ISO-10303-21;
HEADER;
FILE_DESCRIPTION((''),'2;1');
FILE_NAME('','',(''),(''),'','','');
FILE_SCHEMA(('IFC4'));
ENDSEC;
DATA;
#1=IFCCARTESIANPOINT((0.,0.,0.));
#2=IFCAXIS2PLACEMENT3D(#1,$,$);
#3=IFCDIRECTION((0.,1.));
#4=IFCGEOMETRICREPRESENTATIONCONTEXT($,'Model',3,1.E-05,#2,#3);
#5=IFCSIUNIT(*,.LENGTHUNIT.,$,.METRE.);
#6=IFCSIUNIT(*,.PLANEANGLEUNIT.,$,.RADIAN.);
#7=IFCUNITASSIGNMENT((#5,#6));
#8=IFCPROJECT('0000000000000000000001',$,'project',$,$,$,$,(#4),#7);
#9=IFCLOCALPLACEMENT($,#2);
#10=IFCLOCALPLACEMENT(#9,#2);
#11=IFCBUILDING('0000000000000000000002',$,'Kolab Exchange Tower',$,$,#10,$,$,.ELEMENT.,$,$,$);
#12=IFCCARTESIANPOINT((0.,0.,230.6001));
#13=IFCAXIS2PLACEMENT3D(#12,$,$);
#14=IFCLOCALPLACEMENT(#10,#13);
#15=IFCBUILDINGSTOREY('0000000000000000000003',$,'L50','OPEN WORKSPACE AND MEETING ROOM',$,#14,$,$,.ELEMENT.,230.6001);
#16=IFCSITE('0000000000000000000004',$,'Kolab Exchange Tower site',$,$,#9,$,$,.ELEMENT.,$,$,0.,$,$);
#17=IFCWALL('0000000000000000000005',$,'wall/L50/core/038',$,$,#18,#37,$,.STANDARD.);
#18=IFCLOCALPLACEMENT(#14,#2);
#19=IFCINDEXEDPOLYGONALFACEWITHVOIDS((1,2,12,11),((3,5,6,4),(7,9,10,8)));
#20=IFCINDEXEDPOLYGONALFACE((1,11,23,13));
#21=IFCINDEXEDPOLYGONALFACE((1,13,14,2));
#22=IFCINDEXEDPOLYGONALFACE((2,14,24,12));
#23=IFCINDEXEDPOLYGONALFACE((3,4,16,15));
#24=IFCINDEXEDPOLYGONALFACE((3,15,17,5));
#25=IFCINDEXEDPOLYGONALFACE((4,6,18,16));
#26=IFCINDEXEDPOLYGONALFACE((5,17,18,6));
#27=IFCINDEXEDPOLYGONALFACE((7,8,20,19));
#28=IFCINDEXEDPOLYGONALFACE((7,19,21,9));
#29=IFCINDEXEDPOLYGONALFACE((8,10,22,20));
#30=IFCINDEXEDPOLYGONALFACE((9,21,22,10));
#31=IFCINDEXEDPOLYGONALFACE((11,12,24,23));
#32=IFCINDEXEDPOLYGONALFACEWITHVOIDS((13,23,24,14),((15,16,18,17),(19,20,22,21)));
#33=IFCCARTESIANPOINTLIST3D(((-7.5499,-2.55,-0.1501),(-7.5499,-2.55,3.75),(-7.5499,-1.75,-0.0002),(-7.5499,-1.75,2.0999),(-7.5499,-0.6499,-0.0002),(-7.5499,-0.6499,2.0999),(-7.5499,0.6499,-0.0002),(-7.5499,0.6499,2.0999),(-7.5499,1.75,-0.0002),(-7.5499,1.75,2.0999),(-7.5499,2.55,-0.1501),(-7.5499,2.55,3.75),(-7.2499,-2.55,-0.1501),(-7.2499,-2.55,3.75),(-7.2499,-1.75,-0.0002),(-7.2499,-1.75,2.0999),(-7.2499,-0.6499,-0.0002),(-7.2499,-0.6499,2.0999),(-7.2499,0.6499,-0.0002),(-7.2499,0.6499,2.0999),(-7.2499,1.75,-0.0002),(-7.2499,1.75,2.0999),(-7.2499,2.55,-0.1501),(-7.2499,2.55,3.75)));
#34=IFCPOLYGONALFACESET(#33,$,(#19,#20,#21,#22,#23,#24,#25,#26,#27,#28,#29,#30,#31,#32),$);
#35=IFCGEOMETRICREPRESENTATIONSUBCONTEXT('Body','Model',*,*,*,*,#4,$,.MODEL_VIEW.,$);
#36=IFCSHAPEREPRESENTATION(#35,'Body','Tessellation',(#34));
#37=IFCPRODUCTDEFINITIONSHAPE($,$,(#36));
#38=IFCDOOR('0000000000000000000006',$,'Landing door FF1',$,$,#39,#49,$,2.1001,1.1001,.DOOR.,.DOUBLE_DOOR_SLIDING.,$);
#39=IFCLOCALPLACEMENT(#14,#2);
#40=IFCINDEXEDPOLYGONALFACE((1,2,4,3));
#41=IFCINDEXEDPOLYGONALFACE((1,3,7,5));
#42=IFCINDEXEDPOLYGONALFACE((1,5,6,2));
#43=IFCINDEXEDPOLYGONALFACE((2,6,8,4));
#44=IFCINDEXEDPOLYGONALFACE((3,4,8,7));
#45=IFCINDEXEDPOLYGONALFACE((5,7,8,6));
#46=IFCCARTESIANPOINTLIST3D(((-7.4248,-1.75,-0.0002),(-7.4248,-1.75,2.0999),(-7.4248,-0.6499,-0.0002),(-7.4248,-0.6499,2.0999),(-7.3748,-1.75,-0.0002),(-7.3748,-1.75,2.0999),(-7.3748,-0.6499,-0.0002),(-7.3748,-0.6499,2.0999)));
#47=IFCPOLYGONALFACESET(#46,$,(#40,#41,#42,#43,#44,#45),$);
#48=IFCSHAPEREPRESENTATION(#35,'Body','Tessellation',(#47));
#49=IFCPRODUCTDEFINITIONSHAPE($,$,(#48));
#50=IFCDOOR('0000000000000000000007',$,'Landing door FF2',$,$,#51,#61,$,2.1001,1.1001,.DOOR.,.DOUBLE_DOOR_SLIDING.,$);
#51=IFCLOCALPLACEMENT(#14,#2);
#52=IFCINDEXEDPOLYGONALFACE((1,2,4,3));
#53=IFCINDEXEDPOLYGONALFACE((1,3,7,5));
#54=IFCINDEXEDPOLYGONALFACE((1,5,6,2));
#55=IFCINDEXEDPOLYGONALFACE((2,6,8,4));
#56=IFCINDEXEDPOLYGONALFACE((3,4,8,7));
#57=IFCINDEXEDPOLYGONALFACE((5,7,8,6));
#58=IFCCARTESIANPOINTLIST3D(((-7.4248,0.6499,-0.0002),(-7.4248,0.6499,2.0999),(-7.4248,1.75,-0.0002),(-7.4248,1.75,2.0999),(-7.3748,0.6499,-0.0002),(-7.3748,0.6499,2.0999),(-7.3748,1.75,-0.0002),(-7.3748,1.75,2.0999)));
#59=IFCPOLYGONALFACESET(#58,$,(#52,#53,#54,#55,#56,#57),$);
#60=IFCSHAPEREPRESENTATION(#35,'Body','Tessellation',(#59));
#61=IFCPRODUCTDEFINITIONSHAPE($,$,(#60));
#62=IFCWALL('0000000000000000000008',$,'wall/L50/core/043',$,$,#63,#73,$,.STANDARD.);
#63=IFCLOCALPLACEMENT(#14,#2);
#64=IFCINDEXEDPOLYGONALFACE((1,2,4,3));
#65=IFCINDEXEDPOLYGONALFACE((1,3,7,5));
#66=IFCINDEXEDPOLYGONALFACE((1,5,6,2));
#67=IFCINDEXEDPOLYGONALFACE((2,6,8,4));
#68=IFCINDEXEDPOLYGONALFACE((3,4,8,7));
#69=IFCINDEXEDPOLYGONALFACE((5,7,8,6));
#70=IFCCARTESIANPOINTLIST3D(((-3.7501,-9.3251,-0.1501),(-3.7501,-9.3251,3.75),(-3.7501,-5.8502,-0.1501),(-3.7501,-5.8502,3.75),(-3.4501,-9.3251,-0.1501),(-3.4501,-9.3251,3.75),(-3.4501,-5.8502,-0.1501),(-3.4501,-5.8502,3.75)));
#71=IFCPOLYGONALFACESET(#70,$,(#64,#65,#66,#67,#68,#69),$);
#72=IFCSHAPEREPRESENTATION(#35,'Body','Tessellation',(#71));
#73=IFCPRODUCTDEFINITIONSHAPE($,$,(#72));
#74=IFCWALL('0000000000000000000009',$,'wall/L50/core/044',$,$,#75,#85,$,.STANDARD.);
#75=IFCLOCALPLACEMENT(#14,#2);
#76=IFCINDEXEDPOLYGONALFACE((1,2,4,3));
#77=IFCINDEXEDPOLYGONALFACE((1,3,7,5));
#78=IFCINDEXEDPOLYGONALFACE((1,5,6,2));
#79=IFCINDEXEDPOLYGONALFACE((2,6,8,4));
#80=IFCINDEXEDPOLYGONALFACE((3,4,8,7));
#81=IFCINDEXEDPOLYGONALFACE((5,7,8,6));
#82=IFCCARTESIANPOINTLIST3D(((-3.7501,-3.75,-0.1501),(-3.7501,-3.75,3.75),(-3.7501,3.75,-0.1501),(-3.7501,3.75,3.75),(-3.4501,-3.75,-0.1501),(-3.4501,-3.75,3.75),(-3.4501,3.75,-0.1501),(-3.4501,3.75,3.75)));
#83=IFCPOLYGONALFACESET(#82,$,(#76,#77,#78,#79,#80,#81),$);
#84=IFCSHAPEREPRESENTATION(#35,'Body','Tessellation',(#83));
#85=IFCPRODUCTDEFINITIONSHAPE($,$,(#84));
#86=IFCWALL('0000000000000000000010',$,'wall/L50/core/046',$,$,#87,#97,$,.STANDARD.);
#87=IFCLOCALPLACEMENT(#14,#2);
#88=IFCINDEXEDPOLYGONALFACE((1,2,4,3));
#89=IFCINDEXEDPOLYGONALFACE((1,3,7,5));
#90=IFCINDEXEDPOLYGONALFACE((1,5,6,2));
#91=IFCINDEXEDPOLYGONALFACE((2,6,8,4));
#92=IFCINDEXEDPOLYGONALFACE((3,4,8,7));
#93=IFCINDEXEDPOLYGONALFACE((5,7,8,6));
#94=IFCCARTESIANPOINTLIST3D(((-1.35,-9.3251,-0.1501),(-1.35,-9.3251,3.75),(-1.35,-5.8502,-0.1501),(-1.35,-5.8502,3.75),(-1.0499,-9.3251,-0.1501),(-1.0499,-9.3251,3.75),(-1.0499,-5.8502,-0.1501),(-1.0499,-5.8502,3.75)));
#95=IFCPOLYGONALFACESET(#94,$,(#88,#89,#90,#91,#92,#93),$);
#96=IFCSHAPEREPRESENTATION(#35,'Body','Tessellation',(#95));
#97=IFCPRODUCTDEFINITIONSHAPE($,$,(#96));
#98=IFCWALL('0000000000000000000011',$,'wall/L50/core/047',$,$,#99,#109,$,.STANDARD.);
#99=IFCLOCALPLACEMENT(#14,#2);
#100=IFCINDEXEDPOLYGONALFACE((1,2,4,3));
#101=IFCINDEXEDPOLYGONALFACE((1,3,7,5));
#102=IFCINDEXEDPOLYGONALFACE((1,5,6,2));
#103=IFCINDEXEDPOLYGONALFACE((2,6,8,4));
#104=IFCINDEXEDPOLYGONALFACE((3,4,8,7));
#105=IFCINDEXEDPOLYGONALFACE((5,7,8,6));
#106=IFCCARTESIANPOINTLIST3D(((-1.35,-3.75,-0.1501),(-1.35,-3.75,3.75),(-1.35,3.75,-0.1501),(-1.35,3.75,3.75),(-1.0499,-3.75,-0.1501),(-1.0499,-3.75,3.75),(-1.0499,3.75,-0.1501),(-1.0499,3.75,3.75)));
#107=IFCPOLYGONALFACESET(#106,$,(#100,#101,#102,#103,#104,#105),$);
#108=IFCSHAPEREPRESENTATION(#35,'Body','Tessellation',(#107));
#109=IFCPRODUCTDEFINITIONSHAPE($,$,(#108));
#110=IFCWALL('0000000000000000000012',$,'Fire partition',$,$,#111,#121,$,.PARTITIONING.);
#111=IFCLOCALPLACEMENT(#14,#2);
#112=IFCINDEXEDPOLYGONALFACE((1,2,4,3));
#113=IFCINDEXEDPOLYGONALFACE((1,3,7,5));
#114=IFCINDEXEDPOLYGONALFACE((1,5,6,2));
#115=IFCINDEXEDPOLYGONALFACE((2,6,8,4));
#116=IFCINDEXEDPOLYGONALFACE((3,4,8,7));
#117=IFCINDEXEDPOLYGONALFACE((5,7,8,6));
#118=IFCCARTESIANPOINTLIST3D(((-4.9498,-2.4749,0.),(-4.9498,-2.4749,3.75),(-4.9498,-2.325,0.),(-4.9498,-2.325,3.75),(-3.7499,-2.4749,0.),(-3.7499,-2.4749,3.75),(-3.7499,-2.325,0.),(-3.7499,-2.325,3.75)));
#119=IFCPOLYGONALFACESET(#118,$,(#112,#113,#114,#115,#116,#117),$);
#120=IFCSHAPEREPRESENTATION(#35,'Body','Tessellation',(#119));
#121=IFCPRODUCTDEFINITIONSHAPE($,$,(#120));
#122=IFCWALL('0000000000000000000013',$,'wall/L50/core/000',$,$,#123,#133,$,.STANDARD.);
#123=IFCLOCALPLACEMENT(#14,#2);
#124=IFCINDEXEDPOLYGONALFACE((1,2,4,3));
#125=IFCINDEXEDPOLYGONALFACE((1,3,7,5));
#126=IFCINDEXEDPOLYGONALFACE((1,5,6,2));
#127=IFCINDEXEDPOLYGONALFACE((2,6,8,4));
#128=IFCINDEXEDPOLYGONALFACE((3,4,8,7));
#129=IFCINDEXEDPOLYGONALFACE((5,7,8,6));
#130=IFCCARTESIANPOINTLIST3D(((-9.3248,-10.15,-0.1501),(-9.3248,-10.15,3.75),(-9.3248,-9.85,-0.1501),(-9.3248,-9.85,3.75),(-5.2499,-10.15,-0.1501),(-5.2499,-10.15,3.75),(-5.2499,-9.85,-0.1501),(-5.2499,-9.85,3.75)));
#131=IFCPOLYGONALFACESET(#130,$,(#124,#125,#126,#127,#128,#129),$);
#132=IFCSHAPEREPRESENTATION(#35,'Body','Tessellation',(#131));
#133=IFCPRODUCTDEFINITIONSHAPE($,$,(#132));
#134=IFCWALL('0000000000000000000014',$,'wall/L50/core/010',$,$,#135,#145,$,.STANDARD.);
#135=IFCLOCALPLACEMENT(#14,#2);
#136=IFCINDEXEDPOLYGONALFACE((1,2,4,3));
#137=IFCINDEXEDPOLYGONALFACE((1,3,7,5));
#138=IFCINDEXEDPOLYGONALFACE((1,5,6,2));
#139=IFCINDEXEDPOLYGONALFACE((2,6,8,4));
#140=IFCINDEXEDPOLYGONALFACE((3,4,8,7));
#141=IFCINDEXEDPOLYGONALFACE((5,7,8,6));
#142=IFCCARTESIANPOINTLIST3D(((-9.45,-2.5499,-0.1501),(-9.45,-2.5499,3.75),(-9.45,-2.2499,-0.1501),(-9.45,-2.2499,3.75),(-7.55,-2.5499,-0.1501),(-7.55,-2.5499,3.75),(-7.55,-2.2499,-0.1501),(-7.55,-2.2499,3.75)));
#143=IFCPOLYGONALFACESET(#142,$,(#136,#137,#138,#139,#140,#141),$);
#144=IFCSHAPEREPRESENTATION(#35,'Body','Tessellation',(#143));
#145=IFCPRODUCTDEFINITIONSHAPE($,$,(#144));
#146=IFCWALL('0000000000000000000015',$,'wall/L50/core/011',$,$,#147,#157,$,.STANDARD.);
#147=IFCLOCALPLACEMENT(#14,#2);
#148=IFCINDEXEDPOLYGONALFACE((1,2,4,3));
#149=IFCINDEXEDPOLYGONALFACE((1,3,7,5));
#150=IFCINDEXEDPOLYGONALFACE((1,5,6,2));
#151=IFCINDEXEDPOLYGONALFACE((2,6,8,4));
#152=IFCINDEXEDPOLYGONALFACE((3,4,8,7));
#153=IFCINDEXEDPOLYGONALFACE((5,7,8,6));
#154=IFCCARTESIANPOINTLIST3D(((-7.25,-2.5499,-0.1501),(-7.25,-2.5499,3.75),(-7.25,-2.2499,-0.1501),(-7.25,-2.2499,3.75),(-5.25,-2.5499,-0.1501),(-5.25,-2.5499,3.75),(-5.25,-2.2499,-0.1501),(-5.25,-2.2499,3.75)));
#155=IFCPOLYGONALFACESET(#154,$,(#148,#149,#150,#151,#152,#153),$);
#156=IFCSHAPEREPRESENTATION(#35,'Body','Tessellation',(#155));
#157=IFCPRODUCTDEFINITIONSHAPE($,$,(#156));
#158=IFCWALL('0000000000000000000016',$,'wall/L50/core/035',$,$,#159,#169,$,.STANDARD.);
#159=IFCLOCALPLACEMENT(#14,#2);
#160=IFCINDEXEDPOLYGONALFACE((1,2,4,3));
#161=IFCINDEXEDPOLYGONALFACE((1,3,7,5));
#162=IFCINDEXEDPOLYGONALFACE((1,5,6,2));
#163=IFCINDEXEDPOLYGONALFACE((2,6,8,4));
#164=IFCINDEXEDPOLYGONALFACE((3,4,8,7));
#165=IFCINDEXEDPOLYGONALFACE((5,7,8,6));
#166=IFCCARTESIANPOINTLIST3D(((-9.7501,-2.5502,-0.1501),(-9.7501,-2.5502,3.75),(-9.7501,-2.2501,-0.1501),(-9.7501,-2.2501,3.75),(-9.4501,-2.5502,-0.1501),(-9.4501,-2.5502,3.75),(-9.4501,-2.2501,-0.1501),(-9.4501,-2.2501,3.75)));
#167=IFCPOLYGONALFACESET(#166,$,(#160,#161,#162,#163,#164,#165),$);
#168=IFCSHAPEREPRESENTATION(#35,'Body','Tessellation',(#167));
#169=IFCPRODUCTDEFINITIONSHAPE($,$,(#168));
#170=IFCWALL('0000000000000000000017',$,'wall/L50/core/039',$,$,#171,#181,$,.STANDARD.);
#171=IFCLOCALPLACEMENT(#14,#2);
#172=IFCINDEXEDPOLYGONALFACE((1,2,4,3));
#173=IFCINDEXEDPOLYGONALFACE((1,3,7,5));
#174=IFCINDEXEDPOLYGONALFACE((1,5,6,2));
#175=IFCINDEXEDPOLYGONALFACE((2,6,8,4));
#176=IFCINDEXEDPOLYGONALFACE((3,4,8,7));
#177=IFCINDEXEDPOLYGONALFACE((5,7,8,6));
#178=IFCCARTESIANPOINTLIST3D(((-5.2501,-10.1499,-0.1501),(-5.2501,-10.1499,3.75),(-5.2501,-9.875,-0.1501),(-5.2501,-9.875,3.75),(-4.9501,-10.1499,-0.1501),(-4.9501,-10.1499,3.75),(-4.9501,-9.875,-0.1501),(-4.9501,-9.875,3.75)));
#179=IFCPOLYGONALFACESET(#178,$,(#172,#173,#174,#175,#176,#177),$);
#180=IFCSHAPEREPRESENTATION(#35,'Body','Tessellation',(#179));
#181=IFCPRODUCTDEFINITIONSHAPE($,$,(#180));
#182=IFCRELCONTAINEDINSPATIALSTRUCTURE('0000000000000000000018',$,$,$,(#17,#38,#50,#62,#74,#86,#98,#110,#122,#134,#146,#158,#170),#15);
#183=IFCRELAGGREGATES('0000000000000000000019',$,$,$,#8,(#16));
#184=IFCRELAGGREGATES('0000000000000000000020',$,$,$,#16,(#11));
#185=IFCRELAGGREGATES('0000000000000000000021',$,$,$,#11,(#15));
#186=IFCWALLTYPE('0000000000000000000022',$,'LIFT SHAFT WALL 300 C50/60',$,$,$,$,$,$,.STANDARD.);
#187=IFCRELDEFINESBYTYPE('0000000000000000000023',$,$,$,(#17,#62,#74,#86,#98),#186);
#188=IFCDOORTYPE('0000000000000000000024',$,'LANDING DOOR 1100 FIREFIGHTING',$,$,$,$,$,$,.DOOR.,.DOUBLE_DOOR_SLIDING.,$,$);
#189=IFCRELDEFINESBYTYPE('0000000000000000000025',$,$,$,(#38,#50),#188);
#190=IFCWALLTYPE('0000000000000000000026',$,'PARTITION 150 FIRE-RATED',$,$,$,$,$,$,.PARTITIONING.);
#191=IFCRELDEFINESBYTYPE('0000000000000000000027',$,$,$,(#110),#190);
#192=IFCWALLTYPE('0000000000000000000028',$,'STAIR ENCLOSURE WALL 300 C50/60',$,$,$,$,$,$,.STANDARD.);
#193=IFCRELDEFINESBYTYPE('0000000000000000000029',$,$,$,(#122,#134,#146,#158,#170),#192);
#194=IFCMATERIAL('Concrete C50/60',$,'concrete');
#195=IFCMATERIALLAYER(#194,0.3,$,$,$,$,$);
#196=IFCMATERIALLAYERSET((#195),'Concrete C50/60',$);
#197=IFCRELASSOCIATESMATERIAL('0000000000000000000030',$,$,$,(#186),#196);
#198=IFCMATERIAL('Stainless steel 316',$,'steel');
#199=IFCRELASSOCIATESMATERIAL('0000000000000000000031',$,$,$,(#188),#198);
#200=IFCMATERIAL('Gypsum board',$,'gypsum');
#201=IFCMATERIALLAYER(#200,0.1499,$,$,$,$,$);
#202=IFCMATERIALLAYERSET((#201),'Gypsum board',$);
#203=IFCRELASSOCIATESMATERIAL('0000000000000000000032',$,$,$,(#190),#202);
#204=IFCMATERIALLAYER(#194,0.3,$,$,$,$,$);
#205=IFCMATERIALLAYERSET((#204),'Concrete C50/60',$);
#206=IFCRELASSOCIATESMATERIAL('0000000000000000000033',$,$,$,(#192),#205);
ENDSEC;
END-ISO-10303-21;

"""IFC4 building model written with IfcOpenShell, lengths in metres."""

from ifc_helpers import new_model, si_unit, direction, frame, frame_2d, origin, place, context, subcontext, project, spatial, rectangle, extrude, material, layer, layer_set, type_object, element, fill, save


model = new_model("IFC4")

# Units and contexts
model_context = context("Model", 3, precision=1e-05, world=origin(), true_north=direction((0.0, 1.0)))
body_context = subcontext(model_context, "Body", "Model", "MODEL_VIEW")
ifc_project = project(units=[si_unit("LENGTHUNIT", "METRE"), si_unit("PLANEANGLEUNIT", "RADIAN")], contexts=[model_context])

# Site, building, storey
site_placement = place(None, origin())
site = spatial("IfcSite", under=ifc_project, at=site_placement, Name="Kolab Exchange Tower site", CompositionType="ELEMENT", RefElevation=0.0)
building_placement = place(site_placement, origin())
building = spatial("IfcBuilding", under=site, at=building_placement, Name="Kolab Exchange Tower", CompositionType="ELEMENT")
storey_placement = place(building_placement, frame((0.0, 0.0, 230.6001)))
storey = spatial("IfcBuildingStorey", under=building, at=storey_placement, Name="L50", Description="OPEN WORKSPACE AND MEETING ROOM", CompositionType="ELEMENT", Elevation=230.6001)

# Shared definitions
ifc_material_1 = material(Name="Concrete C50/60", Category="concrete")

# Shared definitions
ifc_layer_1 = layer(ifc_material_1, 0.3)
ifc_layer_set_1 = layer_set([ifc_layer_1], Name="Concrete C50/60")
wall_type_1 = type_object("IfcWallType", Name="LIFT SHAFT WALL 300 C50/60", PredefinedType="STANDARD", material=ifc_layer_set_1)
ifc_material_2 = material(Name="Stainless steel 316", Category="steel")

# Wall, openings, doors
wall_1_placement = place(storey_placement, frame((-7.3999, -2.55, -0.1501), z_axis=(0.0, 0.0, 1.0), x_axis=(0.0, 1.0, 0.0)))
wall_1 = element("IfcWall", 1, at=wall_1_placement, inside=storey, type_object=wall_type_1, Name="wall/L50/core/038", PredefinedType="STANDARD", context=body_context, shape_type="SweptSolid", body=[
    extrude(rectangle(XDim=5.1001, YDim=0.3, at=frame_2d((2.55, 0.0))), origin(), (0.0, 0.0, 1.0), 3.9001),
])
opening_1_placement = place(wall_1_placement, frame((0.8, 0.0, 0.1499)))
opening_1 = element("IfcOpeningElement", 2, at=opening_1_placement, cuts=wall_1, PredefinedType="OPENING", context=body_context, shape_type="SweptSolid", body=[
    extrude(rectangle(XDim=1.1001, YDim=2.1001, at=frame_2d((0.55, 1.05))), frame((0.0, 0.1602, 0.0), z_axis=(0.0, -1.0, 0.0), x_axis=(1.0, 0.0, 0.0)), (0.0, 0.0, 1.0), 0.3201),
])
opening_2_placement = place(wall_1_placement, frame((3.2, 0.0, 0.1499)))
opening_2 = element("IfcOpeningElement", 3, at=opening_2_placement, cuts=wall_1, PredefinedType="OPENING", context=body_context, shape_type="SweptSolid", body=[
    extrude(rectangle(XDim=1.1001, YDim=2.1001, at=frame_2d((0.55, 1.05))), frame((0.0, 0.1602, 0.0), z_axis=(0.0, -1.0, 0.0), x_axis=(1.0, 0.0, 0.0)), (0.0, 0.0, 1.0), 0.3201),
])
door_type_1 = type_object("IfcDoorType", Name="LANDING DOOR 1100 FIREFIGHTING", OperationType="DOUBLE_DOOR_SLIDING", PredefinedType="DOOR", material=ifc_material_2)
door_1_placement = place(opening_1_placement, origin())
door_1 = element("IfcDoor", 4, at=door_1_placement, inside=storey, type_object=door_type_1, Name="Landing door FF1", OperationType="DOUBLE_DOOR_SLIDING", OverallHeight=2.1001, OverallWidth=1.1001, PredefinedType="DOOR", context=body_context, shape_type="SweptSolid", body=[
    extrude(rectangle(XDim=1.1001, YDim=2.1001, at=frame_2d((0.55, 1.05))), frame((0.0, 0.0249, 0.0), z_axis=(0.0, -1.0, 0.0), x_axis=(1.0, 0.0, 0.0)), (0.0, 0.0, 1.0), 0.05),
])
fill(opening_1, door_1)
door_2_placement = place(opening_2_placement, origin())
door_2 = element("IfcDoor", 5, at=door_2_placement, inside=storey, type_object=door_type_1, Name="Landing door FF2", OperationType="DOUBLE_DOOR_SLIDING", OverallHeight=2.1001, OverallWidth=1.1001, PredefinedType="DOOR", context=body_context, shape_type="SweptSolid", body=[
    extrude(rectangle(XDim=1.1001, YDim=2.1001, at=frame_2d((0.55, 1.05))), frame((0.0, 0.0249, 0.0), z_axis=(0.0, -1.0, 0.0), x_axis=(1.0, 0.0, 0.0)), (0.0, 0.0, 1.0), 0.05),
])
fill(opening_2, door_2)

# Walls
wall_2_placement = place(storey_placement, frame((-3.6001, -9.325, -0.1501), z_axis=(0.0, 0.0, 1.0), x_axis=(0.0, 1.0, 0.0)))
element("IfcWall", 6, at=wall_2_placement, inside=storey, type_object=wall_type_1, Name="wall/L50/core/043", PredefinedType="STANDARD", context=body_context, shape_type="SweptSolid", body=[
    extrude(rectangle(XDim=3.4749, YDim=0.3, at=frame_2d((1.7373, 0.0))), origin(), (0.0, 0.0, 1.0), 3.9001),
])
wall_3_placement = place(storey_placement, frame((-3.6001, -3.75, -0.1501), z_axis=(0.0, 0.0, 1.0), x_axis=(0.0, 1.0, 0.0)))
element("IfcWall", 7, at=wall_3_placement, inside=storey, type_object=wall_type_1, Name="wall/L50/core/044", PredefinedType="STANDARD", context=body_context, shape_type="SweptSolid", body=[
    extrude(rectangle(XDim=7.5, YDim=0.3, at=frame_2d((3.75, 0.0))), origin(), (0.0, 0.0, 1.0), 3.9001),
])
wall_4_placement = place(storey_placement, frame((-1.2, -9.325, -0.1501), z_axis=(0.0, 0.0, 1.0), x_axis=(0.0, 1.0, 0.0)))
element("IfcWall", 8, at=wall_4_placement, inside=storey, type_object=wall_type_1, Name="wall/L50/core/046", PredefinedType="STANDARD", context=body_context, shape_type="SweptSolid", body=[
    extrude(rectangle(XDim=3.4749, YDim=0.3, at=frame_2d((1.7373, 0.0))), origin(), (0.0, 0.0, 1.0), 3.9001),
])
wall_5_placement = place(storey_placement, frame((-1.2, -3.75, -0.1501), z_axis=(0.0, 0.0, 1.0), x_axis=(0.0, 1.0, 0.0)))
element("IfcWall", 9, at=wall_5_placement, inside=storey, type_object=wall_type_1, Name="wall/L50/core/047", PredefinedType="STANDARD", context=body_context, shape_type="SweptSolid", body=[
    extrude(rectangle(XDim=7.5, YDim=0.3, at=frame_2d((3.75, 0.0))), origin(), (0.0, 0.0, 1.0), 3.9001),
])
ifc_material_3 = material(Name="Gypsum board", Category="gypsum")
ifc_layer_2 = layer(ifc_material_3, 0.1499)
ifc_layer_set_2 = layer_set([ifc_layer_2], Name="Gypsum board")
wall_type_2 = type_object("IfcWallType", Name="PARTITION 150 FIRE-RATED", PredefinedType="PARTITIONING", material=ifc_layer_set_2)
wall_6_placement = place(storey_placement, frame((-4.95, -2.3999, 0.0), z_axis=(0.0, 0.0, 1.0), x_axis=(1.0, 0.0, 0.0)))
element("IfcWall", 10, at=wall_6_placement, inside=storey, type_object=wall_type_2, Name="Fire partition", PredefinedType="PARTITIONING", context=body_context, shape_type="SweptSolid", body=[
    extrude(rectangle(XDim=1.2, YDim=0.1499, at=frame_2d((0.6001, 0.0))), origin(), (0.0, 0.0, 1.0), 3.75),
])
ifc_layer_3 = layer(ifc_material_1, 0.3)
ifc_layer_set_3 = layer_set([ifc_layer_3], Name="Concrete C50/60")
wall_type_3 = type_object("IfcWallType", Name="STAIR ENCLOSURE WALL 300 C50/60", PredefinedType="STANDARD", material=ifc_layer_set_3)
wall_7_placement = place(storey_placement, frame((-9.325, -10.0, -0.1501), z_axis=(0.0, 0.0, 1.0), x_axis=(1.0, 0.0, 0.0)))
element("IfcWall", 11, at=wall_7_placement, inside=storey, type_object=wall_type_3, Name="wall/L50/core/000", PredefinedType="STANDARD", context=body_context, shape_type="SweptSolid", body=[
    extrude(rectangle(XDim=4.075, YDim=0.3, at=frame_2d((2.0376, 0.0))), origin(), (0.0, 0.0, 1.0), 3.9001),
])
wall_8_placement = place(storey_placement, frame((-9.45, -2.3999, -0.1501), z_axis=(0.0, 0.0, 1.0), x_axis=(1.0, 0.0, 0.0)))
element("IfcWall", 12, at=wall_8_placement, inside=storey, type_object=wall_type_3, Name="wall/L50/core/010", PredefinedType="STANDARD", context=body_context, shape_type="SweptSolid", body=[
    extrude(rectangle(XDim=1.8999, YDim=0.3, at=frame_2d((0.95, 0.0))), origin(), (0.0, 0.0, 1.0), 3.9001),
])
wall_9_placement = place(storey_placement, frame((-7.25, -2.3999, -0.1501), z_axis=(0.0, 0.0, 1.0), x_axis=(1.0, 0.0, 0.0)))
element("IfcWall", 13, at=wall_9_placement, inside=storey, type_object=wall_type_3, Name="wall/L50/core/011", PredefinedType="STANDARD", context=body_context, shape_type="SweptSolid", body=[
    extrude(rectangle(XDim=2.0, YDim=0.3, at=frame_2d((1.0, 0.0))), origin(), (0.0, 0.0, 1.0), 3.9001),
])
wall_10_placement = place(storey_placement, frame((-9.6001, -2.55, -0.1501), z_axis=(0.0, 0.0, 1.0), x_axis=(0.0, 1.0, 0.0)))
element("IfcWall", 14, at=wall_10_placement, inside=storey, type_object=wall_type_3, Name="wall/L50/core/035", PredefinedType="STANDARD", context=body_context, shape_type="SweptSolid", body=[
    extrude(rectangle(XDim=0.3, YDim=0.3, at=frame_2d((0.1499, 0.0))), origin(), (0.0, 0.0, 1.0), 3.9001),
])
wall_11_placement = place(storey_placement, frame((-5.1001, -10.1499, -0.1501), z_axis=(0.0, 0.0, 1.0), x_axis=(0.0, 1.0, 0.0)))
element("IfcWall", 15, at=wall_11_placement, inside=storey, type_object=wall_type_3, Name="wall/L50/core/039", PredefinedType="STANDARD", context=body_context, shape_type="SweptSolid", body=[
    extrude(rectangle(XDim=0.2749, YDim=0.3, at=frame_2d((0.1375, 0.0))), origin(), (0.0, 0.0, 1.0), 3.9001),
])

save(model, "model.ifc")
